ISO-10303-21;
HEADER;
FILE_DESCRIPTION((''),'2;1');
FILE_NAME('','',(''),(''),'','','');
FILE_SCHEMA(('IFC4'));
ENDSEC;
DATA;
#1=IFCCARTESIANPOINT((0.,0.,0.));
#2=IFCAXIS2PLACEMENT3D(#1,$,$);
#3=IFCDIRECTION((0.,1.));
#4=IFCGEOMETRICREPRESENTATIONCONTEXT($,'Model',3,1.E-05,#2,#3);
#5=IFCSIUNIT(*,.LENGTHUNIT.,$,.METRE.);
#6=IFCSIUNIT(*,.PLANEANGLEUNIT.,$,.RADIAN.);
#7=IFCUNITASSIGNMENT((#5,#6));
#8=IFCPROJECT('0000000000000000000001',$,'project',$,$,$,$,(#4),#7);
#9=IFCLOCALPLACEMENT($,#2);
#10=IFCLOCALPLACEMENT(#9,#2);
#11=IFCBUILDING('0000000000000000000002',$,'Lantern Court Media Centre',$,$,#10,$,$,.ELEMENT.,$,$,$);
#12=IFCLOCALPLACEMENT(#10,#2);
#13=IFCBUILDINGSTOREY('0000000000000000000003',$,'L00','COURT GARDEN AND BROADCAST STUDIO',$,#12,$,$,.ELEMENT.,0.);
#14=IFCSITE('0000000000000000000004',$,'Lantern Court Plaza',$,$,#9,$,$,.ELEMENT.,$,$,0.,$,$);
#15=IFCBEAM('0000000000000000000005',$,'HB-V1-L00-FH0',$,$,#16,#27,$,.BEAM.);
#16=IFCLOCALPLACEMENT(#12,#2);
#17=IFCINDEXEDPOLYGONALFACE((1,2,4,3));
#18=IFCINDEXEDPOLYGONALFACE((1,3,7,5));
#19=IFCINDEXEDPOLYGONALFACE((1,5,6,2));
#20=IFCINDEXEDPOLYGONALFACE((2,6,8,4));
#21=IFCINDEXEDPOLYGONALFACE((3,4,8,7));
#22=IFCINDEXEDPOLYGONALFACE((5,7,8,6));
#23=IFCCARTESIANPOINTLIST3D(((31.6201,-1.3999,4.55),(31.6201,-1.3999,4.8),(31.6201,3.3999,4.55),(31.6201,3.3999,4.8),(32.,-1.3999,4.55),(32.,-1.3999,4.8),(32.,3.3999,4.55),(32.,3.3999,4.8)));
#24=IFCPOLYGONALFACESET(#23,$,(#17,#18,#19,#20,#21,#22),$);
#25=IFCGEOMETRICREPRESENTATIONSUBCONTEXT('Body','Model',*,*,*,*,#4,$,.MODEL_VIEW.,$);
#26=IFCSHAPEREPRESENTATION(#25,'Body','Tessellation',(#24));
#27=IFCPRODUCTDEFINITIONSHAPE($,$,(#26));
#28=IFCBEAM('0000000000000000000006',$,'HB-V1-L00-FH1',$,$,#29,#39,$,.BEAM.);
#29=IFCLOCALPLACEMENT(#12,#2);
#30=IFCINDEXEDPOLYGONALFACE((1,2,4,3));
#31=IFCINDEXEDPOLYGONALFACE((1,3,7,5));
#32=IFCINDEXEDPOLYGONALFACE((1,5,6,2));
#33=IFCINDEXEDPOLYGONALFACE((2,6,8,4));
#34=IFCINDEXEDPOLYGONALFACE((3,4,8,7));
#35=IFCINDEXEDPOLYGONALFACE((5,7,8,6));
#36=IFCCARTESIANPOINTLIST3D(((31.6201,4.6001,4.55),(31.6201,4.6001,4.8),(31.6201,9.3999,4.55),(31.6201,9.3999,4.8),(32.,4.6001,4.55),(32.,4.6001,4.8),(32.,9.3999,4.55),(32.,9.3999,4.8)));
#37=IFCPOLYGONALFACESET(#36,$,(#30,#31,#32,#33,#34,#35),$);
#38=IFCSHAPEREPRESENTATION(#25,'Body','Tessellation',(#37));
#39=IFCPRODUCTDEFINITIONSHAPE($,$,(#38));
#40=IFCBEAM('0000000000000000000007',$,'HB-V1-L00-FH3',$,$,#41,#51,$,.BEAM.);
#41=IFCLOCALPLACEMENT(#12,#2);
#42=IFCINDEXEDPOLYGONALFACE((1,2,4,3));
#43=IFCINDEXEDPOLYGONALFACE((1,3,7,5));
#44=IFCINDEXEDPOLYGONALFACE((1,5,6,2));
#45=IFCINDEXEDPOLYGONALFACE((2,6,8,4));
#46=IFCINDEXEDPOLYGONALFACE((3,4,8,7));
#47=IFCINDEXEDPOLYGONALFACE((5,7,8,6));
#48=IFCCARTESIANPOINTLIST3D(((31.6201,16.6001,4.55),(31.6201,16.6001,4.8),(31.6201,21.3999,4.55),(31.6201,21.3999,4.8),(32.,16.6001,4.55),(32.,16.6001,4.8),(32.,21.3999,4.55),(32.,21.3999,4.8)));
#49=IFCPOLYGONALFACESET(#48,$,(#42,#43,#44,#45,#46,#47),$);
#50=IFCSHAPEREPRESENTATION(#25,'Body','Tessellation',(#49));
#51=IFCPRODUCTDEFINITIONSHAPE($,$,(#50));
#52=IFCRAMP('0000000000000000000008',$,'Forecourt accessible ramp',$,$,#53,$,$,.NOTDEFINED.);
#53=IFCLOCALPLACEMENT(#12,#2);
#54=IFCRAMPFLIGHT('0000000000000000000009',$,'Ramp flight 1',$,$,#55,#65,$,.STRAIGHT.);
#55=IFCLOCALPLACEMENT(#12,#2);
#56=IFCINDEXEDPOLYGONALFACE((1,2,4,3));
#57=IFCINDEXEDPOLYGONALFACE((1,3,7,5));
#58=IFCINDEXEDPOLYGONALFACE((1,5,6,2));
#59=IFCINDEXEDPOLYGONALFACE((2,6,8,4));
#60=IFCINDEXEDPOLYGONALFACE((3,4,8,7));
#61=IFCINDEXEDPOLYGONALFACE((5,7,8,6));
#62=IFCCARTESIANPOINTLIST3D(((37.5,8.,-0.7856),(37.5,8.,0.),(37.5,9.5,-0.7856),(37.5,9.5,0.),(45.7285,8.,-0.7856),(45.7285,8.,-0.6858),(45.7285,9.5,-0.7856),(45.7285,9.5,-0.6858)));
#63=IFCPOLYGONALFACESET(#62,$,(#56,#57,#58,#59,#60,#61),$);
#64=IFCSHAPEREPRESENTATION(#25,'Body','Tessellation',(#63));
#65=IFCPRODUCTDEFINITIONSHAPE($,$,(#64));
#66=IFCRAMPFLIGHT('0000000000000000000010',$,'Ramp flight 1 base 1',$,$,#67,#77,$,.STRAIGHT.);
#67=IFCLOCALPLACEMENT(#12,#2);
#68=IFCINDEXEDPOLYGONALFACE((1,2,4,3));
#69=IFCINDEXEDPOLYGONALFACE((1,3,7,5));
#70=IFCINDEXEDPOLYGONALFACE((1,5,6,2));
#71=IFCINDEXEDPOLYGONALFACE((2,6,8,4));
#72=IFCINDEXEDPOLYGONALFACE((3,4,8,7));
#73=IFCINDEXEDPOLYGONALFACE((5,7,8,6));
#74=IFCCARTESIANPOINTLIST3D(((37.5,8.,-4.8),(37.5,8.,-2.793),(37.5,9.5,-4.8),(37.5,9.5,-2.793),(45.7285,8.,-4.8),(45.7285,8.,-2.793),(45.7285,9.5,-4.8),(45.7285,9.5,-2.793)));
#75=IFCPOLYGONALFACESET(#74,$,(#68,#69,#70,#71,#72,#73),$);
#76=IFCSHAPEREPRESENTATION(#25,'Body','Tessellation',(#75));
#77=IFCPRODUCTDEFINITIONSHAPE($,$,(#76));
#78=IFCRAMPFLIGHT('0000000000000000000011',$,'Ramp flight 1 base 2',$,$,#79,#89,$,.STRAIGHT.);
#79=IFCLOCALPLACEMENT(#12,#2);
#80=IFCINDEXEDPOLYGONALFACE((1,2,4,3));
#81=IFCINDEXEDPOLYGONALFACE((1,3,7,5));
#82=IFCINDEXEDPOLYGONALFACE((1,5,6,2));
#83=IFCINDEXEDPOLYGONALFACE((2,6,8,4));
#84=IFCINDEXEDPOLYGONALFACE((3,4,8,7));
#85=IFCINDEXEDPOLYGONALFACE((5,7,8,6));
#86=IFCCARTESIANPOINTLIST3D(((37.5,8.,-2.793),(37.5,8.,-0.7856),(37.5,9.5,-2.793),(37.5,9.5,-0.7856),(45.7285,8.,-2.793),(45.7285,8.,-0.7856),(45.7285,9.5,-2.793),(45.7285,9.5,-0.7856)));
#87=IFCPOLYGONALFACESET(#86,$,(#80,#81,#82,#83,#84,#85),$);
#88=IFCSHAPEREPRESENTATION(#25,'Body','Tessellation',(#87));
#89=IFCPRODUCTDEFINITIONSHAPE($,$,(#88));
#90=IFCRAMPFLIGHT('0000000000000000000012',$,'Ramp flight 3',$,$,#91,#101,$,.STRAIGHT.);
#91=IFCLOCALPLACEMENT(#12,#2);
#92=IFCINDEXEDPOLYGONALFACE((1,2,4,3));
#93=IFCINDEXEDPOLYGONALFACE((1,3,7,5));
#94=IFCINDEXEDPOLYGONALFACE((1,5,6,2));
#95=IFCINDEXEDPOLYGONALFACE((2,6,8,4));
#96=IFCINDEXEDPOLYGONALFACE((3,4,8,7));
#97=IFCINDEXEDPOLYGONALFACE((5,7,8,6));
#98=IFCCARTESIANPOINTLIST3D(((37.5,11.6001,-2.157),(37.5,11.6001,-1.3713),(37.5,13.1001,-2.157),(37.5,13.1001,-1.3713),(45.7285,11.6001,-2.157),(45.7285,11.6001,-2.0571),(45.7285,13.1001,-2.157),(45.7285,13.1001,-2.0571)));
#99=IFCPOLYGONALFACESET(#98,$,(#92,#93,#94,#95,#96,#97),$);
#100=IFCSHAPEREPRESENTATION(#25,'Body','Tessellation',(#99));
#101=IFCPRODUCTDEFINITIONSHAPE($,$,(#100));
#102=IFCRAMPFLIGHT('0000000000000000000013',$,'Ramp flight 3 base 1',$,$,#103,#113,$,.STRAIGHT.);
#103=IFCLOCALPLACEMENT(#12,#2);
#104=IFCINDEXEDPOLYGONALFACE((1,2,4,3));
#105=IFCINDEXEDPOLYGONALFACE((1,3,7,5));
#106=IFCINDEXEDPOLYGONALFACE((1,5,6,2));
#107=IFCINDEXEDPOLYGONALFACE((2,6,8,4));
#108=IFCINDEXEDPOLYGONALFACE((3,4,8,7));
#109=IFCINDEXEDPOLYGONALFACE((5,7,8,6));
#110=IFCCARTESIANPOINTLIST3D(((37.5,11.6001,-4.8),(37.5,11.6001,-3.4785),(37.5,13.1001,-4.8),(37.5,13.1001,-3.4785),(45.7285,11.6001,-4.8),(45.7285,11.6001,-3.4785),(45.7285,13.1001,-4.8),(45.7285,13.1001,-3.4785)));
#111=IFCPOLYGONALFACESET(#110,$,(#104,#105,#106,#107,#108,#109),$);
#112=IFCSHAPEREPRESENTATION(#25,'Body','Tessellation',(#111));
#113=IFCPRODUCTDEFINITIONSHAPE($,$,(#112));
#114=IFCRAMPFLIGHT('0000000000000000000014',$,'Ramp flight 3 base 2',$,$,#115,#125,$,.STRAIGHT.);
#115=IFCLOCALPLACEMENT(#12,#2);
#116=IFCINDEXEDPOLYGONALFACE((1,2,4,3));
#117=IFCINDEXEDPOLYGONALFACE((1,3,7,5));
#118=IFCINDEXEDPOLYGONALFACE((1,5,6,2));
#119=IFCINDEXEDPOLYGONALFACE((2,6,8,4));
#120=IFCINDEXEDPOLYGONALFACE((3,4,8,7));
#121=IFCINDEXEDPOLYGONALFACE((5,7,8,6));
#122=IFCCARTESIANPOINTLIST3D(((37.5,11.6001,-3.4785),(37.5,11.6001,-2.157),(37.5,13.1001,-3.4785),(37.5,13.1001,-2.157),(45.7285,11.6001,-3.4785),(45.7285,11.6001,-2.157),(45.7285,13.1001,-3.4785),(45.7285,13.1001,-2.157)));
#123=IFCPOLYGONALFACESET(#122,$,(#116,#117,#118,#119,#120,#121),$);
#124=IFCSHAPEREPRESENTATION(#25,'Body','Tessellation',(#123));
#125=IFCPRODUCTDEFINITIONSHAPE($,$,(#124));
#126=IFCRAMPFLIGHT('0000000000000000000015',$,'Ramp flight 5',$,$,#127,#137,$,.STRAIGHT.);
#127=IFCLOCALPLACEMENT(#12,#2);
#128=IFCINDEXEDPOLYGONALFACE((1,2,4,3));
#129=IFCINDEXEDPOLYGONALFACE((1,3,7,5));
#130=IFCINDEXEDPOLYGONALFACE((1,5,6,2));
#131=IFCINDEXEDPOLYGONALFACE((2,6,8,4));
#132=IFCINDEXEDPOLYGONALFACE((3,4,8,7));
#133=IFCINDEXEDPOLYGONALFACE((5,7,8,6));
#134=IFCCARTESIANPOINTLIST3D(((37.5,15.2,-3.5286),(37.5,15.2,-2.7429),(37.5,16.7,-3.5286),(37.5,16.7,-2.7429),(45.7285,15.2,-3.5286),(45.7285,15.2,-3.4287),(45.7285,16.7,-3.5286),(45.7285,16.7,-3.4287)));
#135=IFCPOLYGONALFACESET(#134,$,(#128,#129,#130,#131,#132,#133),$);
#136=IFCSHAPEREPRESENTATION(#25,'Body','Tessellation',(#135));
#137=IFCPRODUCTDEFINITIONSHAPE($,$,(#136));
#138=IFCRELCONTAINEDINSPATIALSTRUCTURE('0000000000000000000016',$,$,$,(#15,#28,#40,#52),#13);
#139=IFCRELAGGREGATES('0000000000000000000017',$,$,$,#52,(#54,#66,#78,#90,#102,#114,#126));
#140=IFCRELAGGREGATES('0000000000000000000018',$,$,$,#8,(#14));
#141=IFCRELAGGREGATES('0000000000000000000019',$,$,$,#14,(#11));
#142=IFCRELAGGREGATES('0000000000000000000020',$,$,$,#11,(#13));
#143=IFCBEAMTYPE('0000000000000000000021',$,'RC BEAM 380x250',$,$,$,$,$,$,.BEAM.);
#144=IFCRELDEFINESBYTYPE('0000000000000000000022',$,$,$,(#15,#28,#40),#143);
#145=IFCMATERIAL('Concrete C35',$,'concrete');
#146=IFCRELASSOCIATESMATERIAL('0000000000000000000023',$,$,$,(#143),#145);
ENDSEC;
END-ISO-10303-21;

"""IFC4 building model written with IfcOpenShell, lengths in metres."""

from ifc_helpers import new_model, si_unit, direction, frame, frame_2d, origin, origin_2d, place, context, subcontext, project, spatial, polyline, rectangle, outline, extrude, material, material_profile, profile_set, type_object, element, aggregate, save


model = new_model("IFC4")

# Units and contexts
model_context = context("Model", 3, precision=1e-05, world=origin(), true_north=direction((0.0, 1.0)))
body_context = subcontext(model_context, "Body", "Model", "MODEL_VIEW")
ifc_project = project(units=[si_unit("LENGTHUNIT", "METRE"), si_unit("PLANEANGLEUNIT", "RADIAN")], contexts=[model_context])

# Site, building, storey
site_placement = place(None, origin())
site = spatial("IfcSite", under=ifc_project, at=site_placement, Name="Lantern Court Plaza", CompositionType="ELEMENT", RefElevation=0.0)
building_placement = place(site_placement, origin())
building = spatial("IfcBuilding", under=site, at=building_placement, Name="Lantern Court Media Centre", CompositionType="ELEMENT")
storey_placement = place(building_placement, origin())
storey = spatial("IfcBuildingStorey", under=building, at=storey_placement, Name="L00", Description="COURT GARDEN AND BROADCAST STUDIO", CompositionType="ELEMENT", Elevation=0.0)

# Beams
ifc_material_1 = material(Name="Concrete C35", Category="concrete")
ifc_material_profile_1 = material_profile(ifc_material_1, rectangle(XDim=0.3799, YDim=0.25, at=origin_2d()), Name="RC 380x250")
ifc_profile_set_1 = profile_set([ifc_material_profile_1], Name="Concrete C35")
beam_type_1 = type_object("IfcBeamType", Name="RC BEAM 380x250", PredefinedType="BEAM", material=ifc_profile_set_1)
for number, where, z_axis, x_axis, name in (
    (1, (31.8101, -1.3999, 4.675), (0.0, 1.0, 0.0), (-1.0, 0.0, 0.0), "HB-V1-L00-FH0"),
    (2, (31.8101, 4.6001, 4.675), (0.0, 1.0, 0.0), (-1.0, 0.0, 0.0), "HB-V1-L00-FH1"),
    (3, (31.8101, 16.6001, 4.675), (0.0, 1.0, 0.0), (-1.0, 0.0, 0.0), "HB-V1-L00-FH3"),
):
    element("IfcBeam", number, at=place(storey_placement, frame(where, z_axis=z_axis, x_axis=x_axis)), inside=storey, type_object=beam_type_1, Name=name, PredefinedType="BEAM", context=body_context, shape_type="SweptSolid", body=[
        extrude(rectangle(XDim=0.3799, YDim=0.25, at=origin_2d()), origin(), (0.0, 0.0, 1.0), 4.7998),
    ])

# Ramp, ramp flights
ramp_placement = place(storey_placement, origin())
ramp = element("IfcRamp", 4, at=ramp_placement, inside=storey, Name="Forecourt accessible ramp", PredefinedType="NOTDEFINED")
ramp_flight_1_placement = place(storey_placement, frame((37.5, 8.75, -0.7856), z_axis=(0.0, 0.0, 1.0), x_axis=(1.0, 0.0, 0.0)))
ramp_flight_1 = element("IfcRampFlight", 5, at=ramp_flight_1_placement, Name="Ramp flight 1", PredefinedType="STRAIGHT", context=body_context, shape_type="SweptSolid", body=[
    extrude(outline(polyline([(0.0, 0.0), (8.2285, 0.0), (8.2285, 0.0999), (0.0, 0.7856), (0.0, 0.0)])), frame((0.0, 0.75, 0.0), z_axis=(0.0, -1.0, 0.0), x_axis=(1.0, 0.0, 0.0)), (0.0, 0.0, 1.0), 1.5),
])
ramp_flight_2_placement = place(storey_placement, frame((37.5, 8.75, -4.8), z_axis=(0.0, 0.0, 1.0), x_axis=(1.0, 0.0, 0.0)))
ramp_flight_2 = element("IfcRampFlight", 6, at=ramp_flight_2_placement, Name="Ramp flight 1 base 1", PredefinedType="STRAIGHT", context=body_context, shape_type="SweptSolid", body=[
    extrude(rectangle(XDim=8.2285, YDim=1.5, at=frame_2d((4.1143, 0.0))), origin(), (0.0, 0.0, 1.0), 2.0071),
])
ramp_flight_3_placement = place(storey_placement, frame((37.5, 8.75, -2.793), z_axis=(0.0, 0.0, 1.0), x_axis=(1.0, 0.0, 0.0)))
ramp_flight_3 = element("IfcRampFlight", 7, at=ramp_flight_3_placement, Name="Ramp flight 1 base 2", PredefinedType="STRAIGHT", context=body_context, shape_type="SweptSolid", body=[
    extrude(rectangle(XDim=8.2285, YDim=1.5, at=frame_2d((4.1143, 0.0))), origin(), (0.0, 0.0, 1.0), 2.0073),
])
placement = place(building_placement, frame((0.0, 0.0, -4.8)))
ramp_flight_4_placement = place(placement, frame((37.5, 12.3501, 2.6431), z_axis=(0.0, 0.0, 1.0), x_axis=(1.0, 0.0, 0.0)))
ramp_flight_4 = element("IfcRampFlight", 8, at=ramp_flight_4_placement, Name="Ramp flight 3", PredefinedType="STRAIGHT", context=body_context, shape_type="SweptSolid", body=[
    extrude(outline(polyline([(0.0, 0.0), (8.2285, 0.0), (8.2285, 0.0999), (0.0, 0.7856), (0.0, 0.0)])), frame((0.0, 0.75, 0.0), z_axis=(0.0, -1.0, 0.0), x_axis=(1.0, 0.0, 0.0)), (0.0, 0.0, 1.0), 1.5),
])
ramp_flight_5_placement = place(placement, frame((37.5, 12.3501, 0.0), z_axis=(0.0, 0.0, 1.0), x_axis=(1.0, 0.0, 0.0)))
ramp_flight_5 = element("IfcRampFlight", 9, at=ramp_flight_5_placement, Name="Ramp flight 3 base 1", PredefinedType="STRAIGHT", context=body_context, shape_type="SweptSolid", body=[
    extrude(rectangle(XDim=8.2285, YDim=1.5, at=frame_2d((4.1143, 0.0))), origin(), (0.0, 0.0, 1.0), 1.3215),
])
ramp_flight_6_placement = place(placement, frame((37.5, 12.3501, 1.3215), z_axis=(0.0, 0.0, 1.0), x_axis=(1.0, 0.0, 0.0)))
ramp_flight_6 = element("IfcRampFlight", 10, at=ramp_flight_6_placement, Name="Ramp flight 3 base 2", PredefinedType="STRAIGHT", context=body_context, shape_type="SweptSolid", body=[
    extrude(rectangle(XDim=8.2285, YDim=1.5, at=frame_2d((4.1143, 0.0))), origin(), (0.0, 0.0, 1.0), 1.3215),
])
ramp_flight_7_placement = place(placement, frame((37.5, 15.95, 1.2715), z_axis=(0.0, 0.0, 1.0), x_axis=(1.0, 0.0, 0.0)))
ramp_flight_7 = element("IfcRampFlight", 11, at=ramp_flight_7_placement, Name="Ramp flight 5", PredefinedType="STRAIGHT", context=body_context, shape_type="SweptSolid", body=[
    extrude(outline(polyline([(0.0, 0.0), (8.2285, 0.0), (8.2285, 0.0999), (0.0, 0.7856), (0.0, 0.0)])), frame((0.0, 0.75, 0.0), z_axis=(0.0, -1.0, 0.0), x_axis=(1.0, 0.0, 0.0)), (0.0, 0.0, 1.0), 1.5),
])
aggregate(ramp, [ramp_flight_1, ramp_flight_2, ramp_flight_3, ramp_flight_4, ramp_flight_5, ramp_flight_6, ramp_flight_7])

save(model, "model.ifc")
